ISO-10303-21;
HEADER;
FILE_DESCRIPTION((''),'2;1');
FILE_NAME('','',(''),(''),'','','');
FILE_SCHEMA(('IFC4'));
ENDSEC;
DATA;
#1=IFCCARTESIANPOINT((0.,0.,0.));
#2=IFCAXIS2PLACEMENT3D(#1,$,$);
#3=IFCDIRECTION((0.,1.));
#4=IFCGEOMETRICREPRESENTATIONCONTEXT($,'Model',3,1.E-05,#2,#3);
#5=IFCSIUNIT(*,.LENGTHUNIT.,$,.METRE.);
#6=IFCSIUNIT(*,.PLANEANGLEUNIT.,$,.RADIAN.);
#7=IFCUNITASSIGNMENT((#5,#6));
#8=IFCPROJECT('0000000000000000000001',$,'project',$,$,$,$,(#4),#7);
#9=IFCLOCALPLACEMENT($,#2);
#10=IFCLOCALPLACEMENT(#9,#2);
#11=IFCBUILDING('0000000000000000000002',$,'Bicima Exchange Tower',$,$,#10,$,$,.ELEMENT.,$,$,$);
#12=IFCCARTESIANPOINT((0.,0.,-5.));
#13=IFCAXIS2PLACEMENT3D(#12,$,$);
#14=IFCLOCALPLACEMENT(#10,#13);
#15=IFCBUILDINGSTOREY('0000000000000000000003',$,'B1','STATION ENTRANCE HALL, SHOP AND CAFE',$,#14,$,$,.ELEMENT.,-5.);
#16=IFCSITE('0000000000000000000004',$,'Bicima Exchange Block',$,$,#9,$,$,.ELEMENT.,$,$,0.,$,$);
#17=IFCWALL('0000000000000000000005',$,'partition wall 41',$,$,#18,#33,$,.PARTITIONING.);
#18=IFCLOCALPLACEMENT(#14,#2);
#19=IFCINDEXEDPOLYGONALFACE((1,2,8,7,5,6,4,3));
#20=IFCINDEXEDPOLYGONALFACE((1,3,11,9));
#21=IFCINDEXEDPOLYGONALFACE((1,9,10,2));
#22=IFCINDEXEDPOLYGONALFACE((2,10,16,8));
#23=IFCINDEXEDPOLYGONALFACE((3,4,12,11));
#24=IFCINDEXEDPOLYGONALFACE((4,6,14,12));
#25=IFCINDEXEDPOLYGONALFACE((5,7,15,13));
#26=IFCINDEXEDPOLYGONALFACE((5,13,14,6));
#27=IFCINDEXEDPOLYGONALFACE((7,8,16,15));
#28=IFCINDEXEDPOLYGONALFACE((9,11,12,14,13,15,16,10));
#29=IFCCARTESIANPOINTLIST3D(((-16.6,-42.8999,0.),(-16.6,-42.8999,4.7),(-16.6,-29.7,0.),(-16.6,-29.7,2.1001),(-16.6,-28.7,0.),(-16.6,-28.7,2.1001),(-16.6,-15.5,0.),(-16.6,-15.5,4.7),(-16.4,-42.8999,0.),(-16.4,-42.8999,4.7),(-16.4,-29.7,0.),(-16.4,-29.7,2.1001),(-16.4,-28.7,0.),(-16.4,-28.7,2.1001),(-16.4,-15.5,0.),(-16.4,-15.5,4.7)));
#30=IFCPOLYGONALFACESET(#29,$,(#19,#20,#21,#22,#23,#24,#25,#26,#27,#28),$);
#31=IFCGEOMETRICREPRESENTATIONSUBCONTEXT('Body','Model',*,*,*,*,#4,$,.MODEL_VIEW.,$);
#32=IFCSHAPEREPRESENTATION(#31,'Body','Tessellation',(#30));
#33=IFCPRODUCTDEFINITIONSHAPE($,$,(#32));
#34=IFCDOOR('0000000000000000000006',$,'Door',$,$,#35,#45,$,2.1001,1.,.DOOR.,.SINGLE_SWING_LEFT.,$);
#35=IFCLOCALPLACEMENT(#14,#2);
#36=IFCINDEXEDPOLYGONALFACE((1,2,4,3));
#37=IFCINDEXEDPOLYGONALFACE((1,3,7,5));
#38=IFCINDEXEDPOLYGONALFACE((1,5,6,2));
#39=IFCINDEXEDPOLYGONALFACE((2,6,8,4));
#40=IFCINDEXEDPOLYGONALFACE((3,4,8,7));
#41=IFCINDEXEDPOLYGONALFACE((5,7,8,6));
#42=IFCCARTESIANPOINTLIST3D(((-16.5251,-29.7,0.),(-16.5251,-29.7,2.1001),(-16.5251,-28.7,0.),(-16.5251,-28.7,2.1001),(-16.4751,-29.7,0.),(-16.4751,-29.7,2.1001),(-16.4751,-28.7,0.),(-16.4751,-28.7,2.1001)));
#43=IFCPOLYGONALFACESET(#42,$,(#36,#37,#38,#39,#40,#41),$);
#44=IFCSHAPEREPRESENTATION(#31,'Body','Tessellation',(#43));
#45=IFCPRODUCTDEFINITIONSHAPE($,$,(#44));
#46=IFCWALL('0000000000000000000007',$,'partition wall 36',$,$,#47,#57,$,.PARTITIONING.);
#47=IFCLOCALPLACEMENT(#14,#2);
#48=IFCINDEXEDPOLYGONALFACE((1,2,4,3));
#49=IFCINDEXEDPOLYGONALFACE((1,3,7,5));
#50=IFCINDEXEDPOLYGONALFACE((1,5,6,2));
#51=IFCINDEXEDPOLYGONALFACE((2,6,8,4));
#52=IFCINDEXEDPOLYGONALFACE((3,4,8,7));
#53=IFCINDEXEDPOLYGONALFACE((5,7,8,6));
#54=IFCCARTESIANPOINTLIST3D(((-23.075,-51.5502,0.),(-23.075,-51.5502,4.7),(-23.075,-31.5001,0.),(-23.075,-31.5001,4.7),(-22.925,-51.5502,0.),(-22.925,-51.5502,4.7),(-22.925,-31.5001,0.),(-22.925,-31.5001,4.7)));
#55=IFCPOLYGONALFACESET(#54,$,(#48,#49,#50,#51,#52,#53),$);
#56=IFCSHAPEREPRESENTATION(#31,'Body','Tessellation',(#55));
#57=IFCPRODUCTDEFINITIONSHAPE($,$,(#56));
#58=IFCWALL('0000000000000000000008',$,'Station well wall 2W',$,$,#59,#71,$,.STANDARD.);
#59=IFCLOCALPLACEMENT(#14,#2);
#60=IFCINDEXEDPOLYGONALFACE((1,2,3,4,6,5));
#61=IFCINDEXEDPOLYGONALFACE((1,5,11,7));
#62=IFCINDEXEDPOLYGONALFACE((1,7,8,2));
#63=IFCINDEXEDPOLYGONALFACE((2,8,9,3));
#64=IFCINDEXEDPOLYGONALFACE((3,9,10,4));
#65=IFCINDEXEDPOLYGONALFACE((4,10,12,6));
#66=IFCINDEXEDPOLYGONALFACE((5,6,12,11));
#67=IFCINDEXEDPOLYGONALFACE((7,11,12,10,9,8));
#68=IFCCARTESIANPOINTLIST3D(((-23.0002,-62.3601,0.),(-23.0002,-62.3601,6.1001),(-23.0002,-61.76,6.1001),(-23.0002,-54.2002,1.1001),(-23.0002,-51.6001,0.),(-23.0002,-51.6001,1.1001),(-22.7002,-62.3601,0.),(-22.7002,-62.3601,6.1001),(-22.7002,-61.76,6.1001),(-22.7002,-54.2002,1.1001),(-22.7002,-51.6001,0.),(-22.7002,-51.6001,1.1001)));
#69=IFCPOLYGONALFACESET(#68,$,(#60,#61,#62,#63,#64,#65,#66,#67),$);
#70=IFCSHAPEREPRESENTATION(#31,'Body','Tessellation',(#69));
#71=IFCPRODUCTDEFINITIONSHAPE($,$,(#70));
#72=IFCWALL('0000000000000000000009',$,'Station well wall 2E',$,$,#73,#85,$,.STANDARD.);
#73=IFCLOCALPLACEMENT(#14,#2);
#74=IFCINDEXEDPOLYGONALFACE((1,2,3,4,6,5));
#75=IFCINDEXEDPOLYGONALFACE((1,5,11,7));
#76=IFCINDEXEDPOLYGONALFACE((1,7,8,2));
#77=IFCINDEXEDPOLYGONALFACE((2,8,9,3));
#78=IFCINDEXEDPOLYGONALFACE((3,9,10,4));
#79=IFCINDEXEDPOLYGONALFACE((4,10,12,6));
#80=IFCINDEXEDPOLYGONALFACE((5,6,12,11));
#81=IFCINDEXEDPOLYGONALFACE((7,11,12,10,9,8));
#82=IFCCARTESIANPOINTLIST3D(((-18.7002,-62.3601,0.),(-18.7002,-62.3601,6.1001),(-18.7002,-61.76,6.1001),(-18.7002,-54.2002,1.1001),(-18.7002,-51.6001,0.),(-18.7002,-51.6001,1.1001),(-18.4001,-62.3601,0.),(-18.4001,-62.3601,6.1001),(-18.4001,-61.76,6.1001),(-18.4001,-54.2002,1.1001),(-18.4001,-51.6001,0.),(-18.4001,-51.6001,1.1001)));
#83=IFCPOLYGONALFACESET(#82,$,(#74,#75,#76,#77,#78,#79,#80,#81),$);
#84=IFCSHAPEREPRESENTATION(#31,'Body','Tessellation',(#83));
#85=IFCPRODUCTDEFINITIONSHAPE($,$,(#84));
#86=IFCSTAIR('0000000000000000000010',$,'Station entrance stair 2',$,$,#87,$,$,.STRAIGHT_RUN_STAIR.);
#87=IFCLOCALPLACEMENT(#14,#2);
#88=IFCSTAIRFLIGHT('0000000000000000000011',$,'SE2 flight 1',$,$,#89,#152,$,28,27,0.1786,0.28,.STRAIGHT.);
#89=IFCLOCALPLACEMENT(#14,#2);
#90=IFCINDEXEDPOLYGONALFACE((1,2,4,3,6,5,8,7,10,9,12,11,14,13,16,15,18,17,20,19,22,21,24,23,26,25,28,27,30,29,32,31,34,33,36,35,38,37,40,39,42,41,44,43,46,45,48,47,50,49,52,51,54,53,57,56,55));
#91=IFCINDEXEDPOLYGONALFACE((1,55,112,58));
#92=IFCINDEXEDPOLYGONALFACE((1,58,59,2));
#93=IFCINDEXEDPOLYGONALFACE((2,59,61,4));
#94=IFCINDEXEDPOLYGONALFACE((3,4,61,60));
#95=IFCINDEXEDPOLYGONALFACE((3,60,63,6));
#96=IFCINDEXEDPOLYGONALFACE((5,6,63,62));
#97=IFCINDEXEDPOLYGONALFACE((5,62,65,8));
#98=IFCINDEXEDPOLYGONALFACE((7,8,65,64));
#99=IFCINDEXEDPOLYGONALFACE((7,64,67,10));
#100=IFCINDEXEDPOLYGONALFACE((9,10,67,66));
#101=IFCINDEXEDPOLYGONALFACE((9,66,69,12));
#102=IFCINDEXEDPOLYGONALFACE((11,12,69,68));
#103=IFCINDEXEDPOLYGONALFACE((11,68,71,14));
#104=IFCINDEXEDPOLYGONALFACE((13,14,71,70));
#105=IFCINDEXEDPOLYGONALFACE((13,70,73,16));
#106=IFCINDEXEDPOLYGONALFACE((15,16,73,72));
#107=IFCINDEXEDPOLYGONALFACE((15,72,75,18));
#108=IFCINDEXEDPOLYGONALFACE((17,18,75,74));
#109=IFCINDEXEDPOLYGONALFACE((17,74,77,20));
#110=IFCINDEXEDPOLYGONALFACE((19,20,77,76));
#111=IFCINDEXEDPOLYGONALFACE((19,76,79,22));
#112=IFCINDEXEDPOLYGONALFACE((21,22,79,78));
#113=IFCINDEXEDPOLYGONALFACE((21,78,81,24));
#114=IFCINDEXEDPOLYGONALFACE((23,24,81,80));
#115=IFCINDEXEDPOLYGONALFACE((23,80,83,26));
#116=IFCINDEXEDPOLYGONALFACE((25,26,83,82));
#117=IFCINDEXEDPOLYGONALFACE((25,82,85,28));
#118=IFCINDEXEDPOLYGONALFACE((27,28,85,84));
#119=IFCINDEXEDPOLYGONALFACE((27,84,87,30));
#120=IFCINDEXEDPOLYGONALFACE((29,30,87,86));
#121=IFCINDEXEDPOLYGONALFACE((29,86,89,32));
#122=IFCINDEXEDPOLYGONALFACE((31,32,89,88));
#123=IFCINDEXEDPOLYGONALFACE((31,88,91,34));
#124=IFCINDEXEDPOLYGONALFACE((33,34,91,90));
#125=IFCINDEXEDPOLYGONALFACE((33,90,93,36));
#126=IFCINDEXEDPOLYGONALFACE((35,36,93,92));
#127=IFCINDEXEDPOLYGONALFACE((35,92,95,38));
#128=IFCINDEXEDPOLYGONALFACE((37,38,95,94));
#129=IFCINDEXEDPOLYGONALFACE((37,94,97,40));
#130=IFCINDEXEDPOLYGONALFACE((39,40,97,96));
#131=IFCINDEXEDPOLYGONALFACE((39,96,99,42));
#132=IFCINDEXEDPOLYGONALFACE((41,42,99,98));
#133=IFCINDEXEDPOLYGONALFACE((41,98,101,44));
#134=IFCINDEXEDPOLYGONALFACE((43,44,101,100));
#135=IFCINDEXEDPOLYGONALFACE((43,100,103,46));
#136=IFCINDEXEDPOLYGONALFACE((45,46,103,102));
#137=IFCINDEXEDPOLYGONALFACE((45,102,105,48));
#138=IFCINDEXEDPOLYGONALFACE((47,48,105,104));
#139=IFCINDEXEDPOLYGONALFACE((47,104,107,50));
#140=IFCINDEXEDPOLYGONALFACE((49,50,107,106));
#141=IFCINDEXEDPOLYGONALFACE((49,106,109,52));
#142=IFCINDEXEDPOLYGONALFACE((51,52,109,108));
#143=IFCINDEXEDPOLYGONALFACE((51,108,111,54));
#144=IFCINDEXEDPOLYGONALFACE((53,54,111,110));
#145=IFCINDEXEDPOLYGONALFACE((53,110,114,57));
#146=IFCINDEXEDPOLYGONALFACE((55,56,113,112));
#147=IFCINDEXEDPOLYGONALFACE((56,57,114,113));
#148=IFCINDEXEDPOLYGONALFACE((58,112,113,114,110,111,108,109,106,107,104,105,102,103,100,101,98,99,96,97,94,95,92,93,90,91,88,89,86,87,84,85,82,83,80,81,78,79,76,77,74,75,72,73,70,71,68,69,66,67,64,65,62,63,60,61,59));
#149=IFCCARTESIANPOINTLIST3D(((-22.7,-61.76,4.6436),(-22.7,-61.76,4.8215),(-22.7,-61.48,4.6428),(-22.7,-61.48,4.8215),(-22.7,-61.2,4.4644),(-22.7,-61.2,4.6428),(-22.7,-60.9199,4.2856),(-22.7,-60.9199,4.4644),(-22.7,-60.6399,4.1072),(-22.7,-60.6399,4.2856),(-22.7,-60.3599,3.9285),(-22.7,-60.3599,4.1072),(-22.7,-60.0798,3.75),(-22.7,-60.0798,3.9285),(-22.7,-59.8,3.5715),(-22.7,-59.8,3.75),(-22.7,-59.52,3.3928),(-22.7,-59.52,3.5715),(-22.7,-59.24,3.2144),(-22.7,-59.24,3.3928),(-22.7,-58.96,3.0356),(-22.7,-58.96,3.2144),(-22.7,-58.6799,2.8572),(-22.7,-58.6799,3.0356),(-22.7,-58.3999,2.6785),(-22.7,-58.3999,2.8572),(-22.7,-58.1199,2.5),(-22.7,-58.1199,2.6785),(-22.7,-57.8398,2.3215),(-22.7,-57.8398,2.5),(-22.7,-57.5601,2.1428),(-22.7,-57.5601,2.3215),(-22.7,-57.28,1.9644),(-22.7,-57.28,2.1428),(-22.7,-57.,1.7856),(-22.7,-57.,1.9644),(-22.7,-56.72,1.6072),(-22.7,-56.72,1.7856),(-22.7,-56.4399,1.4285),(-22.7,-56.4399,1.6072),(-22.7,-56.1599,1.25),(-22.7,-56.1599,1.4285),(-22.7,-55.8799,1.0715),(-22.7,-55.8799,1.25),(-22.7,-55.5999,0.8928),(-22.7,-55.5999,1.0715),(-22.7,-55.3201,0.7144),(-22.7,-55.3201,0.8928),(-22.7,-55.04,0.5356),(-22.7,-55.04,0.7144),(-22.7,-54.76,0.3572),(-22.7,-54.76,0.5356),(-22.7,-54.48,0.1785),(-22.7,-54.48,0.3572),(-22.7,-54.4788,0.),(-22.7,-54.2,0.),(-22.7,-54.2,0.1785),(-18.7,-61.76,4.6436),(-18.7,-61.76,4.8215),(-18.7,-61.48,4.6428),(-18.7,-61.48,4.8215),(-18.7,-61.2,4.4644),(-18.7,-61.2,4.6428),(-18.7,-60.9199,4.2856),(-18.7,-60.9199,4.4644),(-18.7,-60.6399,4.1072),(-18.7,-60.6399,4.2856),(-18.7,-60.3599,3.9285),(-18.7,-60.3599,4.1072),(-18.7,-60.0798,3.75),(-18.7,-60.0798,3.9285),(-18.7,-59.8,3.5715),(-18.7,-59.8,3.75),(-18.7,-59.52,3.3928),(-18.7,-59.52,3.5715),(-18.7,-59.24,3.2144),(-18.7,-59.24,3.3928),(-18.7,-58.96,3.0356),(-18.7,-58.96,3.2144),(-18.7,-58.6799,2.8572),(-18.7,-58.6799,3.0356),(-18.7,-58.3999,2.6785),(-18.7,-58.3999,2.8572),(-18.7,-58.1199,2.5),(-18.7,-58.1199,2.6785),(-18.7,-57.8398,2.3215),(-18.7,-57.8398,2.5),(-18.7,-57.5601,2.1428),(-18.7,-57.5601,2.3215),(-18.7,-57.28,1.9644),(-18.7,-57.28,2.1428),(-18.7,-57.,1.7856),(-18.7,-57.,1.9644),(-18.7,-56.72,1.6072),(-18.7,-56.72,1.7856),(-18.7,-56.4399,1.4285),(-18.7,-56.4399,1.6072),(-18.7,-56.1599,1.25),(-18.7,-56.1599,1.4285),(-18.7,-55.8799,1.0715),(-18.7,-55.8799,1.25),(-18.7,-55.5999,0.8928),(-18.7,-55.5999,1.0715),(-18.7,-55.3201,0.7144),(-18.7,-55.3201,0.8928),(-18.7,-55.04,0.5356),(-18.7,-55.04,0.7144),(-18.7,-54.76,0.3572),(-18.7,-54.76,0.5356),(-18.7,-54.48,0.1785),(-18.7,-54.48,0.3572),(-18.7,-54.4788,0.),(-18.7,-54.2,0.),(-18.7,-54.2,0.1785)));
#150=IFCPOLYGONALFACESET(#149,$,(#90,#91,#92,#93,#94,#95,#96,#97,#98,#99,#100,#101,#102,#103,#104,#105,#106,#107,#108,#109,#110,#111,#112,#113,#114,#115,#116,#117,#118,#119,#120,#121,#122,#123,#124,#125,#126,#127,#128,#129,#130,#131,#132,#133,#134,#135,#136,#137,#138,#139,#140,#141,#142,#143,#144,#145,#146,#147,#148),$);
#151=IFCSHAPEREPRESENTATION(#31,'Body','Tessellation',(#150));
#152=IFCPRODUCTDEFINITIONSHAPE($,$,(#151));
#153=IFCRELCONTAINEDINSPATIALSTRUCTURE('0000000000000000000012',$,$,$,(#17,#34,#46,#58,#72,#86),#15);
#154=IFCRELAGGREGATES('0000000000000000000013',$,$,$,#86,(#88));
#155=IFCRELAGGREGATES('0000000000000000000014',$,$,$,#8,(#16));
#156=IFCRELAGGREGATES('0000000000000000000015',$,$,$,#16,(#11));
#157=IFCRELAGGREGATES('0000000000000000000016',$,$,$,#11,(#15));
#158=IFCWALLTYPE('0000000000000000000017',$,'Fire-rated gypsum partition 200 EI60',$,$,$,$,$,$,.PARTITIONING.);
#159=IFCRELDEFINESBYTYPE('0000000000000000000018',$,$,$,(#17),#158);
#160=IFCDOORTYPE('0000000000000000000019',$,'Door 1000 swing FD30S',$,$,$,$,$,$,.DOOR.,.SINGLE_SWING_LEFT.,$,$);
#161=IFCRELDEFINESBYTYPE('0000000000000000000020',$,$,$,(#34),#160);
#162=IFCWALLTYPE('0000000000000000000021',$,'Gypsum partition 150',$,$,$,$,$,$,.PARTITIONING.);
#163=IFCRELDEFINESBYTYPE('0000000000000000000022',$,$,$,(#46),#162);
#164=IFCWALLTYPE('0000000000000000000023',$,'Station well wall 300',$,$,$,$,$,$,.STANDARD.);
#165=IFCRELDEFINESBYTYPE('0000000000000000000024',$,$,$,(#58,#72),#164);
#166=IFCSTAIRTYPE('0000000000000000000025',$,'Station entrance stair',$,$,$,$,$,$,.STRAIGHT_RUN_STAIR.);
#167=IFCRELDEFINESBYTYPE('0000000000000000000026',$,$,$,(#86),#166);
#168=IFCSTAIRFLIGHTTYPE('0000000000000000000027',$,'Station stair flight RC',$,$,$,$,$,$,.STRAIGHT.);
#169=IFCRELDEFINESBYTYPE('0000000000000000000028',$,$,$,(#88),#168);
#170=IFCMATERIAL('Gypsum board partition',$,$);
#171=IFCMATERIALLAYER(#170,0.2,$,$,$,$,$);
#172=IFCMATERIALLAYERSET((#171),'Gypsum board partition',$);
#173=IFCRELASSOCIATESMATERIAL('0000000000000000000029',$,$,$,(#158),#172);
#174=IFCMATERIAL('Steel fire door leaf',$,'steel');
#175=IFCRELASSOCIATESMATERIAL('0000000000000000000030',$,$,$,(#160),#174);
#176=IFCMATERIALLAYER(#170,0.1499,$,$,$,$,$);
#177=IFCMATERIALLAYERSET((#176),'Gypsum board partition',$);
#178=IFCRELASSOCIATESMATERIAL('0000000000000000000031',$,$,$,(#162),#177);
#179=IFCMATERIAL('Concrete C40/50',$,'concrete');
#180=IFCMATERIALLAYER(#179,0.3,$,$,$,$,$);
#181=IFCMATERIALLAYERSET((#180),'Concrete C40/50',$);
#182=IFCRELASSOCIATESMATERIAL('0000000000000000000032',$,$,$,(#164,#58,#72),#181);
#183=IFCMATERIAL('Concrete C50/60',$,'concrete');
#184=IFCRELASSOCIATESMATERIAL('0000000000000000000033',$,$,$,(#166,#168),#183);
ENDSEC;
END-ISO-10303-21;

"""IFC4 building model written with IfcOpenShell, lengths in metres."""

from ifc_helpers import new_model, si_unit, direction, frame, frame_2d, origin, place, context, subcontext, project, spatial, polyline, rectangle, outline, extrude, material, layer, layer_set, layer_usage, type_object, element, fill, aggregate, save


model = new_model("IFC4")

# Units and contexts
model_context = context("Model", 3, precision=1e-05, world=origin(), true_north=direction((0.0, 1.0)))
body_context = subcontext(model_context, "Body", "Model", "MODEL_VIEW")
ifc_project = project(units=[si_unit("LENGTHUNIT", "METRE"), si_unit("PLANEANGLEUNIT", "RADIAN")], contexts=[model_context])

# Site, building, storey
site_placement = place(None, origin())
site = spatial("IfcSite", under=ifc_project, at=site_placement, Name="Bicima Exchange Block", CompositionType="ELEMENT", RefElevation=0.0)
building_placement = place(site_placement, origin())
building = spatial("IfcBuilding", under=site, at=building_placement, Name="Bicima Exchange Tower", CompositionType="ELEMENT")
storey_placement = place(building_placement, frame((0.0, 0.0, -5.0)))
storey = spatial("IfcBuildingStorey", under=building, at=storey_placement, Name="B1", Description="STATION ENTRANCE HALL, SHOP AND CAFE", CompositionType="ELEMENT", Elevation=-5.0)

# Shared definitions
ifc_material_1 = material(Name="Gypsum board partition")
ifc_layer_1 = layer(ifc_material_1, 0.2)
ifc_layer_set_1 = layer_set([ifc_layer_1], Name="Gypsum board partition")
wall_type_1 = type_object("IfcWallType", Name="Fire-rated gypsum partition 200 EI60", PredefinedType="PARTITIONING", material=ifc_layer_set_1)
ifc_material_2 = material(Name="Steel fire door leaf", Category="steel")
door_type_1 = type_object("IfcDoorType", Name="Door 1000 swing FD30S", OperationType="SINGLE_SWING_LEFT", PredefinedType="DOOR", material=ifc_material_2)

# Wall, opening, door
wall_1_placement = place(storey_placement, frame((-16.5, -42.8999, 0.0), z_axis=(0.0, 0.0, 1.0), x_axis=(0.0, 1.0, 0.0)))
wall_1 = element("IfcWall", 1, at=wall_1_placement, inside=storey, type_object=wall_type_1, Name="partition wall 41", PredefinedType="PARTITIONING", context=body_context, shape_type="SweptSolid", body=[
    extrude(rectangle(XDim=27.3999, YDim=0.2, at=frame_2d((13.7, 0.0))), origin(), (0.0, 0.0, 1.0), 4.7),
])
opening_1_placement = place(wall_1_placement, frame((13.2, 0.0, 0.0)))
opening_1 = element("IfcOpeningElement", 2, at=opening_1_placement, cuts=wall_1, PredefinedType="OPENING", context=body_context, shape_type="SweptSolid", body=[
    extrude(rectangle(XDim=1.0, YDim=2.1001, at=frame_2d((0.5, 1.05))), frame((0.0, 0.1118, 0.0), z_axis=(0.0, -1.0, 0.0), x_axis=(1.0, 0.0, 0.0)), (0.0, 0.0, 1.0), 0.2239),
])
door_1_placement = place(opening_1_placement, frame((1.0, 0.0, 0.0), z_axis=(0.0, 0.0, 1.0), x_axis=(-1.0, 0.0, 0.0)))
door_1 = element("IfcDoor", 3, at=door_1_placement, inside=storey, type_object=door_type_1, Name="Door", OperationType="SINGLE_SWING_LEFT", OverallHeight=2.1001, OverallWidth=1.0, PredefinedType="DOOR", context=body_context, shape_type="SweptSolid", body=[
    extrude(rectangle(XDim=1.0, YDim=2.1001, at=frame_2d((0.5, 1.05))), frame((0.0, 0.0249, 0.0), z_axis=(0.0, -1.0, 0.0), x_axis=(1.0, 0.0, 0.0)), (0.0, 0.0, 1.0), 0.05),
])
fill(opening_1, door_1)

# Wall
ifc_layer_2 = layer(ifc_material_1, 0.1499)
ifc_layer_set_2 = layer_set([ifc_layer_2], Name="Gypsum board partition")
wall_type_2 = type_object("IfcWallType", Name="Gypsum partition 150", PredefinedType="PARTITIONING", material=ifc_layer_set_2)
wall_2_placement = place(storey_placement, frame((-23.0, -51.55, 0.0), z_axis=(0.0, 0.0, 1.0), x_axis=(0.0, 1.0, 0.0)))
element("IfcWall", 4, at=wall_2_placement, inside=storey, type_object=wall_type_2, Name="partition wall 36", PredefinedType="PARTITIONING", context=body_context, shape_type="SweptSolid", body=[
    extrude(rectangle(XDim=20.05, YDim=0.1499, at=frame_2d((10.0249, 0.0))), origin(), (0.0, 0.0, 1.0), 4.7),
])

# Shared definitions
ifc_material_3 = material(Name="Concrete C40/50", Category="concrete")

# Walls
ifc_layer_3 = layer(ifc_material_3, 0.3)
ifc_layer_set_3 = layer_set([ifc_layer_3], Name="Concrete C40/50")
ifc_layer_usage_1 = layer_usage(ifc_layer_set_3, "AXIS2", "POSITIVE", -0.15)
wall_type_3 = type_object("IfcWallType", Name="Station well wall 300", PredefinedType="STANDARD", material=ifc_layer_set_3)
for number, where, z_axis, x_axis, name in (
    (5, (-22.8501, -51.6001, 0.0), (0.0, 0.0, 1.0), (0.0, -1.0, 0.0), "Station well wall 2W"),
    (6, (-18.55, -51.6001, 0.0), (0.0, 0.0, 1.0), (0.0, -1.0, 0.0), "Station well wall 2E"),
):
    element("IfcWall", number, at=place(storey_placement, frame(where, z_axis=z_axis, x_axis=x_axis)), inside=storey, type_object=wall_type_3, material=ifc_layer_usage_1, Name=name, PredefinedType="STANDARD", context=body_context, shape_type="SweptSolid", body=[
        extrude(outline(polyline([(0.0, 0.0), (10.76, 0.0), (10.76, 6.1001), (10.1599, 6.1001), (2.6001, 1.1001), (0.0, 1.1001), (0.0, 0.0)])), frame((0.0, 0.1499, 0.0), z_axis=(0.0, -1.0, 0.0), x_axis=(1.0, 0.0, 0.0)), (0.0, 0.0, 1.0), 0.3),
    ])

# Stair, stair flight
ifc_material_4 = material(Name="Concrete C50/60", Category="concrete")
stair_type = type_object("IfcStairType", Name="Station entrance stair", PredefinedType="STRAIGHT_RUN_STAIR", material=ifc_material_4)
stair_placement = place(storey_placement, origin())
stair = element("IfcStair", 7, at=stair_placement, inside=storey, type_object=stair_type, Name="Station entrance stair 2", PredefinedType="STRAIGHT_RUN_STAIR")
stair_flight_type = type_object("IfcStairFlightType", Name="Station stair flight RC", PredefinedType="STRAIGHT", material=ifc_material_4)
stair_flight_placement = place(storey_placement, frame((-20.7, -54.2, 0.0), z_axis=(0.0, 0.0, 1.0), x_axis=(0.0, -1.0, 0.0)))
stair_flight = element("IfcStairFlight", 8, at=stair_flight_placement, type_object=stair_flight_type, Name="SE2 flight 1", NumberOfRisers=28, NumberOfTreads=27, PredefinedType="STRAIGHT", RiserHeight=0.1786, TreadLength=0.28, context=body_context, shape_type="SweptSolid", body=[
    extrude(outline(polyline([(0.0, 0.0), (0.0, 0.1785), (0.28, 0.1785), (0.28, 0.3572), (0.5601, 0.3572), (0.5601, 0.5356), (0.8401, 0.5356), (0.8401, 0.7144), (1.1201, 0.7144), (1.1201, 0.8928), (1.3999, 0.8928), (1.3999, 1.0715), (1.6799, 1.0715), (1.6799, 1.25), (1.96, 1.25), (1.96, 1.4285), (2.24, 1.4285), (2.24, 1.6072), (2.52, 1.6072), (2.52, 1.7856), (2.8, 1.7856), (2.8, 1.9644), (3.0801, 1.9644), (3.0801, 2.1428), (3.3601, 2.1428), (3.3601, 2.3215), (3.6399, 2.3215), (3.6399, 2.5), (3.9199, 2.5), (3.9199, 2.6785), (4.2, 2.6785), (4.2, 2.8572), (4.48, 2.8572), (4.48, 3.0356), (4.76, 3.0356), (4.76, 3.2144), (5.04, 3.2144), (5.04, 3.3928), (5.3201, 3.3928), (5.3201, 3.5715), (5.6001, 3.5715), (5.6001, 3.75), (5.8799, 3.75), (5.8799, 3.9285), (6.1599, 3.9285), (6.1599, 4.1072), (6.4399, 4.1072), (6.4399, 4.2856), (6.72, 4.2856), (6.72, 4.4644), (7.0, 4.4644), (7.0, 4.6428), (7.28, 4.6428), (7.28, 4.8215), (7.5601, 4.8215), (7.5601, 5.0), (7.5601, 4.6436), (0.2788, 0.0), (0.0, 0.0)])), frame((0.0, 2.0, 0.0), z_axis=(0.0, -1.0, 0.0), x_axis=(1.0, 0.0, 0.0)), (0.0, 0.0, 1.0), 4.0),
])
aggregate(stair, [stair_flight])

save(model, "model.ifc")
